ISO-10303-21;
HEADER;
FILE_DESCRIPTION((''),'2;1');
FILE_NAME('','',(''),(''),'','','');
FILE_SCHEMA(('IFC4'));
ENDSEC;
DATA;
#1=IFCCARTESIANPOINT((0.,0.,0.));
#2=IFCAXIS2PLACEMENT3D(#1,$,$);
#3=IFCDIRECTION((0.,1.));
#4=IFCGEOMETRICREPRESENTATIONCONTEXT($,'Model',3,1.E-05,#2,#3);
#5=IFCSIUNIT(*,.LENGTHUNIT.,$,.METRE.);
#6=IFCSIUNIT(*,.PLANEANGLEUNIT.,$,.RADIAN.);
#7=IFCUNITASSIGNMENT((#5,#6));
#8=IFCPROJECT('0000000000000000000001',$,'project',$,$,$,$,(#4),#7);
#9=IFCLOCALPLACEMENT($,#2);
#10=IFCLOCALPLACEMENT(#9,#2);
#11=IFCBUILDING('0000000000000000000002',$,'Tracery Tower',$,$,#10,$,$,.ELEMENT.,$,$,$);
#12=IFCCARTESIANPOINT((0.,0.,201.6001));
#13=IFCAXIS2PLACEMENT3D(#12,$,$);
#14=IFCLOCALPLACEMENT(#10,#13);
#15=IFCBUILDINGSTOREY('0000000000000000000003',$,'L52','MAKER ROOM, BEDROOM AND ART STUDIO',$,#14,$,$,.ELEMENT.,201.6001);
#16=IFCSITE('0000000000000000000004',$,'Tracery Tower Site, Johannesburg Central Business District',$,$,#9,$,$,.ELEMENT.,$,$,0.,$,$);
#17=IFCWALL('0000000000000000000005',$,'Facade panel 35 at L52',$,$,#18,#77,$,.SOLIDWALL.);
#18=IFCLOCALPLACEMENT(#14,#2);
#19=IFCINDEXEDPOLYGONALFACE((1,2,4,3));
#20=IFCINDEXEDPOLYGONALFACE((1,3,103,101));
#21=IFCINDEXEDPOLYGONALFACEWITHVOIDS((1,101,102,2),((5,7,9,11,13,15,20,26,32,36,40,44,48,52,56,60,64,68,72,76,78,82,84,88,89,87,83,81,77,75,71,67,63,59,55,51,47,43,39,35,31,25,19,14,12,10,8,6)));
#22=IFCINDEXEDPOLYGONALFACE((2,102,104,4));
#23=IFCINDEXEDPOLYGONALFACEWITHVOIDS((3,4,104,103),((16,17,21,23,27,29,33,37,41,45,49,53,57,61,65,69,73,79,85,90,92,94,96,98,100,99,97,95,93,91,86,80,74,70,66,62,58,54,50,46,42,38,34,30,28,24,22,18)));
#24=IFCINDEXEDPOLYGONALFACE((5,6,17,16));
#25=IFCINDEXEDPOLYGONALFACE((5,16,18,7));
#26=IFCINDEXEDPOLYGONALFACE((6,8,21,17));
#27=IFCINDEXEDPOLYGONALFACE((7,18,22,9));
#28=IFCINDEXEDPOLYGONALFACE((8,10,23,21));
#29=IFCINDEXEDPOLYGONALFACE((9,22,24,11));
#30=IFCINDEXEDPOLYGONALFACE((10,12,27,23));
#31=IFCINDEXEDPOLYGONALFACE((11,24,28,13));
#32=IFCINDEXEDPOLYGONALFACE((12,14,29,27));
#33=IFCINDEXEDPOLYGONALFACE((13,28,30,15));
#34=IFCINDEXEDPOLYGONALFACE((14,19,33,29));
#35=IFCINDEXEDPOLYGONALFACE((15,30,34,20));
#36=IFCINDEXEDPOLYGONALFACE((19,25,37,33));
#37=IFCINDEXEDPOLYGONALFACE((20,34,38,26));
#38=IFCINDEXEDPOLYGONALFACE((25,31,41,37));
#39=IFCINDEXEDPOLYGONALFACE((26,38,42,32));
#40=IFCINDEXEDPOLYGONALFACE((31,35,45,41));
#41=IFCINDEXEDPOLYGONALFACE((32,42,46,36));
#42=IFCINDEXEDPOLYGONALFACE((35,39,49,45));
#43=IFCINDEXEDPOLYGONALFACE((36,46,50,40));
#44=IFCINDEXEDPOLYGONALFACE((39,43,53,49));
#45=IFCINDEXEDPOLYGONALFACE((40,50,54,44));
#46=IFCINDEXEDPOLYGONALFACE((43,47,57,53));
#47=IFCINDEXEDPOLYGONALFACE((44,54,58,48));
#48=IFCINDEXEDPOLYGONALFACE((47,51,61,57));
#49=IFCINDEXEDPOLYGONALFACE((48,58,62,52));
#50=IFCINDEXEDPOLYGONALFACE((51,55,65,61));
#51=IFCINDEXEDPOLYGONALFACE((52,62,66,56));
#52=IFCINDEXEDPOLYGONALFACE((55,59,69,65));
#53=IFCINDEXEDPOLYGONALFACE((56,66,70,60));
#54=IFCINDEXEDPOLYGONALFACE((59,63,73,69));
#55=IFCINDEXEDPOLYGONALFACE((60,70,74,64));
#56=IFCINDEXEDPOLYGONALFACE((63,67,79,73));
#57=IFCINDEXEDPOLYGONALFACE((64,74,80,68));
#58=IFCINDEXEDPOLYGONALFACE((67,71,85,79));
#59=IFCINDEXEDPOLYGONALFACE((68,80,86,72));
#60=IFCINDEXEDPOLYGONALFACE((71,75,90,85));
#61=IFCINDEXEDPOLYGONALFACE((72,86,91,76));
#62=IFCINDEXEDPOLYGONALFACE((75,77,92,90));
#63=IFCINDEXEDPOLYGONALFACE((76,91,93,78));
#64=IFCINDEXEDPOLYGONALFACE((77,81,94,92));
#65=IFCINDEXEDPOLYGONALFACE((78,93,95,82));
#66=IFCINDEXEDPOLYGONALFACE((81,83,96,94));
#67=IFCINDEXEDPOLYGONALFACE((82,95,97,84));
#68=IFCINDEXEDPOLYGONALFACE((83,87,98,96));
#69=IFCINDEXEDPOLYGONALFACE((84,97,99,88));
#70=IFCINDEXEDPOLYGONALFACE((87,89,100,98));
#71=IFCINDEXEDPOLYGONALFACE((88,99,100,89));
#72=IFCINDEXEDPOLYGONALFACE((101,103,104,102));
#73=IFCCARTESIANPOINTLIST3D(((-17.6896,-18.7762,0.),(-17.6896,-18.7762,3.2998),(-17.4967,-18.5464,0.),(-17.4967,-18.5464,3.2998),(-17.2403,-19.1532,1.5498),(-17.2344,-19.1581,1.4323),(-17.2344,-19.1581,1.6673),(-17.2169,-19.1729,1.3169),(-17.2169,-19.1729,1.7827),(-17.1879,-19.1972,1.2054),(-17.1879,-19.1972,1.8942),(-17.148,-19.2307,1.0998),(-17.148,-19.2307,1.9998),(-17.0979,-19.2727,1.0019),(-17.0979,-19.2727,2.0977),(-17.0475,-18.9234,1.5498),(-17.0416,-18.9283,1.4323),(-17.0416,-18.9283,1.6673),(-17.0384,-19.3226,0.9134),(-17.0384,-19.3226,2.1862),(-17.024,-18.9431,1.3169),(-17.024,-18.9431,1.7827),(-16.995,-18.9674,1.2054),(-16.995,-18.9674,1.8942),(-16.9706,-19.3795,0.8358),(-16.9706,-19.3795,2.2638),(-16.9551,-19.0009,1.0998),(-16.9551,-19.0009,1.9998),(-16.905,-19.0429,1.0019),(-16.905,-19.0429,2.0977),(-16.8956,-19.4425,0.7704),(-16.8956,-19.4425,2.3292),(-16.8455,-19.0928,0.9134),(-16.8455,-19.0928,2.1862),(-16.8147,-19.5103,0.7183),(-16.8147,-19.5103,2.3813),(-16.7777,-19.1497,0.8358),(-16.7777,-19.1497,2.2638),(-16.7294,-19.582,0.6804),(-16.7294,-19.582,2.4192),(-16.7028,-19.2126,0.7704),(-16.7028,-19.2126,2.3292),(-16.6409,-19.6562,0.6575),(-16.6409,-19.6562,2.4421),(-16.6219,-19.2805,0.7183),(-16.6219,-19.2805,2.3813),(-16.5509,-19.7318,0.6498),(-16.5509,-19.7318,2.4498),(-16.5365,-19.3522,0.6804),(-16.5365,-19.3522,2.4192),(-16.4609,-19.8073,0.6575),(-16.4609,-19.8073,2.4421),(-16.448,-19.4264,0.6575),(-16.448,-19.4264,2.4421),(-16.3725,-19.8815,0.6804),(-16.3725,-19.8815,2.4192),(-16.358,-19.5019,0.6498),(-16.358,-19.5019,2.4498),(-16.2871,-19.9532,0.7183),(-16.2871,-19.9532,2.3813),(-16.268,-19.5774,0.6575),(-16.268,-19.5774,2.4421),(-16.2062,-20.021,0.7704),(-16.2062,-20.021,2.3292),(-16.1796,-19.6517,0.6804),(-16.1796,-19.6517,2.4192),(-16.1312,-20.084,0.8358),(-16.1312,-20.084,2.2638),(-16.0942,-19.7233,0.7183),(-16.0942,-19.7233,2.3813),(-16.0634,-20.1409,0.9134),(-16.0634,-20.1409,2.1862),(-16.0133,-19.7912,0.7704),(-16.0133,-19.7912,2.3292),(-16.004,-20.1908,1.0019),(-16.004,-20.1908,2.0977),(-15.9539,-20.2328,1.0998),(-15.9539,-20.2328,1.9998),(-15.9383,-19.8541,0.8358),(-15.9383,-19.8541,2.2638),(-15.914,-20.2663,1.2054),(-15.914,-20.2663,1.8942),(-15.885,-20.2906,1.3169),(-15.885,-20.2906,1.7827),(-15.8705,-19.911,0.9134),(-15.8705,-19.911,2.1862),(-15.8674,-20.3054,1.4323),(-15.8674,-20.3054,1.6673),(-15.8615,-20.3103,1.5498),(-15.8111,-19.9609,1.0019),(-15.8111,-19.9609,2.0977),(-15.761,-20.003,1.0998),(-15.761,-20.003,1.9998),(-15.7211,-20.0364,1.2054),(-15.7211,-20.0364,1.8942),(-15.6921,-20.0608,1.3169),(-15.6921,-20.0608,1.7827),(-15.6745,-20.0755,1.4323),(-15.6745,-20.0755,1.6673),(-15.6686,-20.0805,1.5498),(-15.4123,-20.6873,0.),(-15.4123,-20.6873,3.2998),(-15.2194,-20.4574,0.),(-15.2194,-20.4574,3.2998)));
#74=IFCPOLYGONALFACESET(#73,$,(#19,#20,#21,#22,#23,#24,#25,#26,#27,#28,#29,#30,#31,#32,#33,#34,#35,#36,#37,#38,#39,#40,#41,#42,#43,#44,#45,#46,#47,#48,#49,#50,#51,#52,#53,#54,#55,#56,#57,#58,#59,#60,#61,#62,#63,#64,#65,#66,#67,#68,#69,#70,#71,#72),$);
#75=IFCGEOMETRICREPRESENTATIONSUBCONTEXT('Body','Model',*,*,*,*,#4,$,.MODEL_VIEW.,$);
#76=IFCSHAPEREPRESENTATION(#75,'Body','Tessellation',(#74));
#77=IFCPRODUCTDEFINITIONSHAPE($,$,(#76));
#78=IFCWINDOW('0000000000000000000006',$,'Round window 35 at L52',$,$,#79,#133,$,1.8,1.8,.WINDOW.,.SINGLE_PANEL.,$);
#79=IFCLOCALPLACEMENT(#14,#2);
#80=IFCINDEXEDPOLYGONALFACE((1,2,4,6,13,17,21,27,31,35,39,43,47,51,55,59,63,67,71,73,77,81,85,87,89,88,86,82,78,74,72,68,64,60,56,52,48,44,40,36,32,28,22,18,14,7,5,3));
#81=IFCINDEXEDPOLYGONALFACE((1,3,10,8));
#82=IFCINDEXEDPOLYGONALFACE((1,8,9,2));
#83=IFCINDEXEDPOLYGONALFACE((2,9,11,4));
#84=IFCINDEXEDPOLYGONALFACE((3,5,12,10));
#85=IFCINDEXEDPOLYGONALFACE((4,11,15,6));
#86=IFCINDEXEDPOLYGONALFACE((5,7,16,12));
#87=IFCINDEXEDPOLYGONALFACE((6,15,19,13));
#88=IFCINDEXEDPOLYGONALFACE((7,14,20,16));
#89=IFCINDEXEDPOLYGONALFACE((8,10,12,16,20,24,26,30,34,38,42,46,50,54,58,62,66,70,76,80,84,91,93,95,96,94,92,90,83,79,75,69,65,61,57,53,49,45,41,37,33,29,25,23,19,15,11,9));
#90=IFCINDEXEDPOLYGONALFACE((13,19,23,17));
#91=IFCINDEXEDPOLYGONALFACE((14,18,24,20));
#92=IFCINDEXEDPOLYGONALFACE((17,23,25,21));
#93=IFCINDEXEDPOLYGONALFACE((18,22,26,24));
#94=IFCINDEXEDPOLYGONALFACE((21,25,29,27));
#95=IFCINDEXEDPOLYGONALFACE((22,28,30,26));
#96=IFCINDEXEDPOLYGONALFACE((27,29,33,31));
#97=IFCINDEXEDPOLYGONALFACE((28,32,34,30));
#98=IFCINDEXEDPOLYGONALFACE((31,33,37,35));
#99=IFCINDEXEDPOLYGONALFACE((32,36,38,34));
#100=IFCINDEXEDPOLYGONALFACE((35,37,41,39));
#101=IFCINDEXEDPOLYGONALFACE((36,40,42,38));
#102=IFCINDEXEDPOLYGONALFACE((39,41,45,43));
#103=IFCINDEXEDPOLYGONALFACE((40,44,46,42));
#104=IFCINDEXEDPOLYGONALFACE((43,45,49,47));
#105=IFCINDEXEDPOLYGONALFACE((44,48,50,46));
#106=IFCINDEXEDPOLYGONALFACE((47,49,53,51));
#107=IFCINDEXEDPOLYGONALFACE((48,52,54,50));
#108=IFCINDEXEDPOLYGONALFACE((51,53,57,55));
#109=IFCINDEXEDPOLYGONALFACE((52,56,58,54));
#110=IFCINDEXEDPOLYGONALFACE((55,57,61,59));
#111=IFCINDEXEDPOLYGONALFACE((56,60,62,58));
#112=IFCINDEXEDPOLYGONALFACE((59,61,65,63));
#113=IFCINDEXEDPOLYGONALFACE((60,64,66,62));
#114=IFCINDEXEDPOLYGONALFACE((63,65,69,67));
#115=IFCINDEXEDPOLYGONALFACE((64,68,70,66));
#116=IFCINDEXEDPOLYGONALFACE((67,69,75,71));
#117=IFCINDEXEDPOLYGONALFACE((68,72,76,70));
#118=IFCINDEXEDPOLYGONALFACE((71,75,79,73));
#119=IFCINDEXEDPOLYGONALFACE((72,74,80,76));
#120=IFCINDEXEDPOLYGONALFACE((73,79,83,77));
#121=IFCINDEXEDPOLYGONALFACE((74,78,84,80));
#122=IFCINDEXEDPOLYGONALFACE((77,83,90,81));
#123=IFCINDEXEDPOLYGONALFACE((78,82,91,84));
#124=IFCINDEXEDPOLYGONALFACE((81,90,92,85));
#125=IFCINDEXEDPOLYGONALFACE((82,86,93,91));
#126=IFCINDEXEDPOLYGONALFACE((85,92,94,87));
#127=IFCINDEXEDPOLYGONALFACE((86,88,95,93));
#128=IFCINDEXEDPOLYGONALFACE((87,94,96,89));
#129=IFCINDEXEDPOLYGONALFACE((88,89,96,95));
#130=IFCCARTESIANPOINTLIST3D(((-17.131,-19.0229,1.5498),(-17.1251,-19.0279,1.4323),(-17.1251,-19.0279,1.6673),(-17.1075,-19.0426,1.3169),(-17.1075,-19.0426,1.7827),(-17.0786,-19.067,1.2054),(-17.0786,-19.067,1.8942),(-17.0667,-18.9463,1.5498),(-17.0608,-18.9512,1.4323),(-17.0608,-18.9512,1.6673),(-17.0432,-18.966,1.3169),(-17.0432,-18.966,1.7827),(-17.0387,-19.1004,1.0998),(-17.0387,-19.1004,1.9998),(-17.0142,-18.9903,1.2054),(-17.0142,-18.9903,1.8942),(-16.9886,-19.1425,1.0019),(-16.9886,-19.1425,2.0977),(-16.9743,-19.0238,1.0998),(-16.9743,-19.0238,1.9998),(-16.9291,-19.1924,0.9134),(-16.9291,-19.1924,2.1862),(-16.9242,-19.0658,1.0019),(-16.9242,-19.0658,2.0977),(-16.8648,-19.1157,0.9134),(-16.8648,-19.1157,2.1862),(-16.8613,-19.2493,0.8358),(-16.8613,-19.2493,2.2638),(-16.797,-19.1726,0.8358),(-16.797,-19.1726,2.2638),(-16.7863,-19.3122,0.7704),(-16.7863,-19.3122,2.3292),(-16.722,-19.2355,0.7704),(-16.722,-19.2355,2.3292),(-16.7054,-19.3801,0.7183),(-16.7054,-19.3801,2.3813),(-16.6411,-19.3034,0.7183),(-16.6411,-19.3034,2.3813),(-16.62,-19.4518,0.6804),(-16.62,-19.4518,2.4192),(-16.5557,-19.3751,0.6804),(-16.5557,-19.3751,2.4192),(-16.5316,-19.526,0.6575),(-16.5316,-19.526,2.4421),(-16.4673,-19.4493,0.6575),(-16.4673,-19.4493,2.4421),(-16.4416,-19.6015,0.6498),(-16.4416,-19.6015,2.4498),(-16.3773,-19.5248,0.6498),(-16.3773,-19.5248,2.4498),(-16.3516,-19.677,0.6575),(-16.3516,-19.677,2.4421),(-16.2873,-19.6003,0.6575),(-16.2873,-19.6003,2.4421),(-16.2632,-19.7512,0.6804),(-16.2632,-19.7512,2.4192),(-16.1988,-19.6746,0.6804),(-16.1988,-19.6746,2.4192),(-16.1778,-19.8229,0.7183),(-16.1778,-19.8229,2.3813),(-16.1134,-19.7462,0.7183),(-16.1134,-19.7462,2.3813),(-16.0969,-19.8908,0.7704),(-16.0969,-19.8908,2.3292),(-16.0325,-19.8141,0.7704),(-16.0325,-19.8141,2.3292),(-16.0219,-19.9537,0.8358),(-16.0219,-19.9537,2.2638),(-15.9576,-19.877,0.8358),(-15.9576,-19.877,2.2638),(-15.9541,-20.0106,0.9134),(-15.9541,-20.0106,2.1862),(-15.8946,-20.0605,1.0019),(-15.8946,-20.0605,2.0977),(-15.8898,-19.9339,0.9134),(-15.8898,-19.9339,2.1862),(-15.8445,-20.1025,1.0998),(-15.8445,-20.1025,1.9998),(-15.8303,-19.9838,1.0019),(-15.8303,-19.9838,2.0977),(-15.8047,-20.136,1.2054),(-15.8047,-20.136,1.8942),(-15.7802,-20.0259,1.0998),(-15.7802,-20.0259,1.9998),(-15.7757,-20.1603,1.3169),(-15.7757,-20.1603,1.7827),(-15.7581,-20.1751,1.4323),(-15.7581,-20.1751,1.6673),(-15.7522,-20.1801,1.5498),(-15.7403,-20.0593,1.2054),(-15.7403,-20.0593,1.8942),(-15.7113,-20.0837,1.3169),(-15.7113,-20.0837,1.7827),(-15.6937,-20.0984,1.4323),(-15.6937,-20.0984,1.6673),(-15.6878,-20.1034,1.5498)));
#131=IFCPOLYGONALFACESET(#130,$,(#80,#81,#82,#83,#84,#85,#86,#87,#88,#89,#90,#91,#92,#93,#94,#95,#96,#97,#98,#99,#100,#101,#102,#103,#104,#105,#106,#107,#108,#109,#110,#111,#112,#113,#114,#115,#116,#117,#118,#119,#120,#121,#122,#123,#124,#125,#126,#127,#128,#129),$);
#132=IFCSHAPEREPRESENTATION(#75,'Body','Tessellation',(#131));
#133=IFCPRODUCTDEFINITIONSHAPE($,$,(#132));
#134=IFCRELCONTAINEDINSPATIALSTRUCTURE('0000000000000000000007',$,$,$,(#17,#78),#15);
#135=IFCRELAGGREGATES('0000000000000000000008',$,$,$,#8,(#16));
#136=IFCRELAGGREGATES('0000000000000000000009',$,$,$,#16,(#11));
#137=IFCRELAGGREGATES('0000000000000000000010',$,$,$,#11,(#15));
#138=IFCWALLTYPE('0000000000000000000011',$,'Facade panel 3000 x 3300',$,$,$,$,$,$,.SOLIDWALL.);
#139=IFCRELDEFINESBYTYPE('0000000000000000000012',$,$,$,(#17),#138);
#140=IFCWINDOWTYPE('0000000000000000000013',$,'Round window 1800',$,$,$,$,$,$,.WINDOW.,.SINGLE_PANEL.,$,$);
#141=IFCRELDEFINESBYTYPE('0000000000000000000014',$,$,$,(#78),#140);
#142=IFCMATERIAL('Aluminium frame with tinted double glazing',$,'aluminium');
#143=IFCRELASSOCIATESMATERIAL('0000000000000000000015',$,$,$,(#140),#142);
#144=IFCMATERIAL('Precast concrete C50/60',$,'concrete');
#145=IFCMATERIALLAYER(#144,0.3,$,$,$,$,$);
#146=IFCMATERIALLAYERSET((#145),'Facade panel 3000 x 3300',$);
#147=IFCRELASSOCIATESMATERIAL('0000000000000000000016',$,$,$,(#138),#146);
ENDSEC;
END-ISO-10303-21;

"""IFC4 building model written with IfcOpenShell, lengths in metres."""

from ifc_helpers import new_model, si_unit, direction, frame, frame_2d, origin, origin_2d, place, context, subcontext, project, spatial, rectangle, circle, extrude, material, layer, layer_set, type_object, element, fill, save


model = new_model("IFC4")

# Units and contexts
model_context = context("Model", 3, precision=1e-05, world=origin(), true_north=direction((0.0, 1.0)))
body_context = subcontext(model_context, "Body", "Model", "MODEL_VIEW")
ifc_project = project(units=[si_unit("LENGTHUNIT", "METRE"), si_unit("PLANEANGLEUNIT", "RADIAN")], contexts=[model_context])

# Site, building, storey
site_placement = place(None, origin())
site = spatial("IfcSite", under=ifc_project, at=site_placement, Name="Tracery Tower Site, Johannesburg Central Business District", CompositionType="ELEMENT", RefElevation=0.0)
building_placement = place(site_placement, origin())
building = spatial("IfcBuilding", under=site, at=building_placement, Name="Tracery Tower", CompositionType="ELEMENT")
storey_placement = place(building_placement, frame((0.0, 0.0, 201.6001)))
storey = spatial("IfcBuildingStorey", under=building, at=storey_placement, Name="L52", Description="MAKER ROOM, BEDROOM AND ART STUDIO", CompositionType="ELEMENT", Elevation=201.6001)

# Wall, opening, window
ifc_material_1 = material(Name="Aluminium frame with tinted double glazing", Category="aluminium")
window_type = type_object("IfcWindowType", Name="Round window 1800", PartitioningType="SINGLE_PANEL", PredefinedType="WINDOW", material=ifc_material_1)
ifc_material_2 = material(Name="Precast concrete C50/60", Category="concrete")
ifc_layer_1 = layer(ifc_material_2, 0.3)
ifc_layer_set_1 = layer_set([ifc_layer_1], Name="Facade panel 3000 x 3300")
wall_type_1 = type_object("IfcWallType", Name="Facade panel 3000 x 3300", PredefinedType="SOLIDWALL", material=ifc_layer_set_1)
wall_1_placement = place(storey_placement, frame((-17.593, -18.6614, 0.0), z_axis=(0.0, 0.0, 1.0), x_axis=(0.766009, -0.64283, 0.0)))
wall_1 = element("IfcWall", 1, at=wall_1_placement, inside=storey, type_object=wall_type_1, Name="Facade panel 35 at L52", PredefinedType="SOLIDWALL", context=body_context, shape_type="SweptSolid", body=[
    extrude(rectangle(XDim=2.9729, YDim=0.3, at=frame_2d((1.4863, 0.0))), origin(), (0.0, 0.0, 1.0), 3.2998),
])
opening_1_placement = place(wall_1_placement, frame((1.4863, 0.0, 1.5498)))
opening_1 = element("IfcOpeningElement", 2, at=opening_1_placement, cuts=wall_1, PredefinedType="OPENING", context=body_context, shape_type="SweptSolid", body=[
    extrude(circle(Radius=0.9, at=origin_2d()), frame((0.0, 0.1599, 0.0), z_axis=(0.0, -1.0, 0.0), x_axis=(1.0, 0.0, 0.0)), (0.0, 0.0, 1.0), 0.3201),
])
window_1_placement = place(opening_1_placement, origin())
window_1 = element("IfcWindow", 3, at=window_1_placement, inside=storey, type_object=window_type, Name="Round window 35 at L52", OverallHeight=1.8, OverallWidth=1.8, PartitioningType="SINGLE_PANEL", PredefinedType="WINDOW", context=body_context, shape_type="SweptSolid", body=[
    extrude(circle(Radius=0.9, at=origin_2d()), frame((0.0, 0.1201, 0.0), z_axis=(0.0, -1.0, 0.0), x_axis=(1.0, 0.0, 0.0)), (0.0, 0.0, 1.0), 0.1001),
])
fill(opening_1, window_1)

save(model, "model.ifc")
